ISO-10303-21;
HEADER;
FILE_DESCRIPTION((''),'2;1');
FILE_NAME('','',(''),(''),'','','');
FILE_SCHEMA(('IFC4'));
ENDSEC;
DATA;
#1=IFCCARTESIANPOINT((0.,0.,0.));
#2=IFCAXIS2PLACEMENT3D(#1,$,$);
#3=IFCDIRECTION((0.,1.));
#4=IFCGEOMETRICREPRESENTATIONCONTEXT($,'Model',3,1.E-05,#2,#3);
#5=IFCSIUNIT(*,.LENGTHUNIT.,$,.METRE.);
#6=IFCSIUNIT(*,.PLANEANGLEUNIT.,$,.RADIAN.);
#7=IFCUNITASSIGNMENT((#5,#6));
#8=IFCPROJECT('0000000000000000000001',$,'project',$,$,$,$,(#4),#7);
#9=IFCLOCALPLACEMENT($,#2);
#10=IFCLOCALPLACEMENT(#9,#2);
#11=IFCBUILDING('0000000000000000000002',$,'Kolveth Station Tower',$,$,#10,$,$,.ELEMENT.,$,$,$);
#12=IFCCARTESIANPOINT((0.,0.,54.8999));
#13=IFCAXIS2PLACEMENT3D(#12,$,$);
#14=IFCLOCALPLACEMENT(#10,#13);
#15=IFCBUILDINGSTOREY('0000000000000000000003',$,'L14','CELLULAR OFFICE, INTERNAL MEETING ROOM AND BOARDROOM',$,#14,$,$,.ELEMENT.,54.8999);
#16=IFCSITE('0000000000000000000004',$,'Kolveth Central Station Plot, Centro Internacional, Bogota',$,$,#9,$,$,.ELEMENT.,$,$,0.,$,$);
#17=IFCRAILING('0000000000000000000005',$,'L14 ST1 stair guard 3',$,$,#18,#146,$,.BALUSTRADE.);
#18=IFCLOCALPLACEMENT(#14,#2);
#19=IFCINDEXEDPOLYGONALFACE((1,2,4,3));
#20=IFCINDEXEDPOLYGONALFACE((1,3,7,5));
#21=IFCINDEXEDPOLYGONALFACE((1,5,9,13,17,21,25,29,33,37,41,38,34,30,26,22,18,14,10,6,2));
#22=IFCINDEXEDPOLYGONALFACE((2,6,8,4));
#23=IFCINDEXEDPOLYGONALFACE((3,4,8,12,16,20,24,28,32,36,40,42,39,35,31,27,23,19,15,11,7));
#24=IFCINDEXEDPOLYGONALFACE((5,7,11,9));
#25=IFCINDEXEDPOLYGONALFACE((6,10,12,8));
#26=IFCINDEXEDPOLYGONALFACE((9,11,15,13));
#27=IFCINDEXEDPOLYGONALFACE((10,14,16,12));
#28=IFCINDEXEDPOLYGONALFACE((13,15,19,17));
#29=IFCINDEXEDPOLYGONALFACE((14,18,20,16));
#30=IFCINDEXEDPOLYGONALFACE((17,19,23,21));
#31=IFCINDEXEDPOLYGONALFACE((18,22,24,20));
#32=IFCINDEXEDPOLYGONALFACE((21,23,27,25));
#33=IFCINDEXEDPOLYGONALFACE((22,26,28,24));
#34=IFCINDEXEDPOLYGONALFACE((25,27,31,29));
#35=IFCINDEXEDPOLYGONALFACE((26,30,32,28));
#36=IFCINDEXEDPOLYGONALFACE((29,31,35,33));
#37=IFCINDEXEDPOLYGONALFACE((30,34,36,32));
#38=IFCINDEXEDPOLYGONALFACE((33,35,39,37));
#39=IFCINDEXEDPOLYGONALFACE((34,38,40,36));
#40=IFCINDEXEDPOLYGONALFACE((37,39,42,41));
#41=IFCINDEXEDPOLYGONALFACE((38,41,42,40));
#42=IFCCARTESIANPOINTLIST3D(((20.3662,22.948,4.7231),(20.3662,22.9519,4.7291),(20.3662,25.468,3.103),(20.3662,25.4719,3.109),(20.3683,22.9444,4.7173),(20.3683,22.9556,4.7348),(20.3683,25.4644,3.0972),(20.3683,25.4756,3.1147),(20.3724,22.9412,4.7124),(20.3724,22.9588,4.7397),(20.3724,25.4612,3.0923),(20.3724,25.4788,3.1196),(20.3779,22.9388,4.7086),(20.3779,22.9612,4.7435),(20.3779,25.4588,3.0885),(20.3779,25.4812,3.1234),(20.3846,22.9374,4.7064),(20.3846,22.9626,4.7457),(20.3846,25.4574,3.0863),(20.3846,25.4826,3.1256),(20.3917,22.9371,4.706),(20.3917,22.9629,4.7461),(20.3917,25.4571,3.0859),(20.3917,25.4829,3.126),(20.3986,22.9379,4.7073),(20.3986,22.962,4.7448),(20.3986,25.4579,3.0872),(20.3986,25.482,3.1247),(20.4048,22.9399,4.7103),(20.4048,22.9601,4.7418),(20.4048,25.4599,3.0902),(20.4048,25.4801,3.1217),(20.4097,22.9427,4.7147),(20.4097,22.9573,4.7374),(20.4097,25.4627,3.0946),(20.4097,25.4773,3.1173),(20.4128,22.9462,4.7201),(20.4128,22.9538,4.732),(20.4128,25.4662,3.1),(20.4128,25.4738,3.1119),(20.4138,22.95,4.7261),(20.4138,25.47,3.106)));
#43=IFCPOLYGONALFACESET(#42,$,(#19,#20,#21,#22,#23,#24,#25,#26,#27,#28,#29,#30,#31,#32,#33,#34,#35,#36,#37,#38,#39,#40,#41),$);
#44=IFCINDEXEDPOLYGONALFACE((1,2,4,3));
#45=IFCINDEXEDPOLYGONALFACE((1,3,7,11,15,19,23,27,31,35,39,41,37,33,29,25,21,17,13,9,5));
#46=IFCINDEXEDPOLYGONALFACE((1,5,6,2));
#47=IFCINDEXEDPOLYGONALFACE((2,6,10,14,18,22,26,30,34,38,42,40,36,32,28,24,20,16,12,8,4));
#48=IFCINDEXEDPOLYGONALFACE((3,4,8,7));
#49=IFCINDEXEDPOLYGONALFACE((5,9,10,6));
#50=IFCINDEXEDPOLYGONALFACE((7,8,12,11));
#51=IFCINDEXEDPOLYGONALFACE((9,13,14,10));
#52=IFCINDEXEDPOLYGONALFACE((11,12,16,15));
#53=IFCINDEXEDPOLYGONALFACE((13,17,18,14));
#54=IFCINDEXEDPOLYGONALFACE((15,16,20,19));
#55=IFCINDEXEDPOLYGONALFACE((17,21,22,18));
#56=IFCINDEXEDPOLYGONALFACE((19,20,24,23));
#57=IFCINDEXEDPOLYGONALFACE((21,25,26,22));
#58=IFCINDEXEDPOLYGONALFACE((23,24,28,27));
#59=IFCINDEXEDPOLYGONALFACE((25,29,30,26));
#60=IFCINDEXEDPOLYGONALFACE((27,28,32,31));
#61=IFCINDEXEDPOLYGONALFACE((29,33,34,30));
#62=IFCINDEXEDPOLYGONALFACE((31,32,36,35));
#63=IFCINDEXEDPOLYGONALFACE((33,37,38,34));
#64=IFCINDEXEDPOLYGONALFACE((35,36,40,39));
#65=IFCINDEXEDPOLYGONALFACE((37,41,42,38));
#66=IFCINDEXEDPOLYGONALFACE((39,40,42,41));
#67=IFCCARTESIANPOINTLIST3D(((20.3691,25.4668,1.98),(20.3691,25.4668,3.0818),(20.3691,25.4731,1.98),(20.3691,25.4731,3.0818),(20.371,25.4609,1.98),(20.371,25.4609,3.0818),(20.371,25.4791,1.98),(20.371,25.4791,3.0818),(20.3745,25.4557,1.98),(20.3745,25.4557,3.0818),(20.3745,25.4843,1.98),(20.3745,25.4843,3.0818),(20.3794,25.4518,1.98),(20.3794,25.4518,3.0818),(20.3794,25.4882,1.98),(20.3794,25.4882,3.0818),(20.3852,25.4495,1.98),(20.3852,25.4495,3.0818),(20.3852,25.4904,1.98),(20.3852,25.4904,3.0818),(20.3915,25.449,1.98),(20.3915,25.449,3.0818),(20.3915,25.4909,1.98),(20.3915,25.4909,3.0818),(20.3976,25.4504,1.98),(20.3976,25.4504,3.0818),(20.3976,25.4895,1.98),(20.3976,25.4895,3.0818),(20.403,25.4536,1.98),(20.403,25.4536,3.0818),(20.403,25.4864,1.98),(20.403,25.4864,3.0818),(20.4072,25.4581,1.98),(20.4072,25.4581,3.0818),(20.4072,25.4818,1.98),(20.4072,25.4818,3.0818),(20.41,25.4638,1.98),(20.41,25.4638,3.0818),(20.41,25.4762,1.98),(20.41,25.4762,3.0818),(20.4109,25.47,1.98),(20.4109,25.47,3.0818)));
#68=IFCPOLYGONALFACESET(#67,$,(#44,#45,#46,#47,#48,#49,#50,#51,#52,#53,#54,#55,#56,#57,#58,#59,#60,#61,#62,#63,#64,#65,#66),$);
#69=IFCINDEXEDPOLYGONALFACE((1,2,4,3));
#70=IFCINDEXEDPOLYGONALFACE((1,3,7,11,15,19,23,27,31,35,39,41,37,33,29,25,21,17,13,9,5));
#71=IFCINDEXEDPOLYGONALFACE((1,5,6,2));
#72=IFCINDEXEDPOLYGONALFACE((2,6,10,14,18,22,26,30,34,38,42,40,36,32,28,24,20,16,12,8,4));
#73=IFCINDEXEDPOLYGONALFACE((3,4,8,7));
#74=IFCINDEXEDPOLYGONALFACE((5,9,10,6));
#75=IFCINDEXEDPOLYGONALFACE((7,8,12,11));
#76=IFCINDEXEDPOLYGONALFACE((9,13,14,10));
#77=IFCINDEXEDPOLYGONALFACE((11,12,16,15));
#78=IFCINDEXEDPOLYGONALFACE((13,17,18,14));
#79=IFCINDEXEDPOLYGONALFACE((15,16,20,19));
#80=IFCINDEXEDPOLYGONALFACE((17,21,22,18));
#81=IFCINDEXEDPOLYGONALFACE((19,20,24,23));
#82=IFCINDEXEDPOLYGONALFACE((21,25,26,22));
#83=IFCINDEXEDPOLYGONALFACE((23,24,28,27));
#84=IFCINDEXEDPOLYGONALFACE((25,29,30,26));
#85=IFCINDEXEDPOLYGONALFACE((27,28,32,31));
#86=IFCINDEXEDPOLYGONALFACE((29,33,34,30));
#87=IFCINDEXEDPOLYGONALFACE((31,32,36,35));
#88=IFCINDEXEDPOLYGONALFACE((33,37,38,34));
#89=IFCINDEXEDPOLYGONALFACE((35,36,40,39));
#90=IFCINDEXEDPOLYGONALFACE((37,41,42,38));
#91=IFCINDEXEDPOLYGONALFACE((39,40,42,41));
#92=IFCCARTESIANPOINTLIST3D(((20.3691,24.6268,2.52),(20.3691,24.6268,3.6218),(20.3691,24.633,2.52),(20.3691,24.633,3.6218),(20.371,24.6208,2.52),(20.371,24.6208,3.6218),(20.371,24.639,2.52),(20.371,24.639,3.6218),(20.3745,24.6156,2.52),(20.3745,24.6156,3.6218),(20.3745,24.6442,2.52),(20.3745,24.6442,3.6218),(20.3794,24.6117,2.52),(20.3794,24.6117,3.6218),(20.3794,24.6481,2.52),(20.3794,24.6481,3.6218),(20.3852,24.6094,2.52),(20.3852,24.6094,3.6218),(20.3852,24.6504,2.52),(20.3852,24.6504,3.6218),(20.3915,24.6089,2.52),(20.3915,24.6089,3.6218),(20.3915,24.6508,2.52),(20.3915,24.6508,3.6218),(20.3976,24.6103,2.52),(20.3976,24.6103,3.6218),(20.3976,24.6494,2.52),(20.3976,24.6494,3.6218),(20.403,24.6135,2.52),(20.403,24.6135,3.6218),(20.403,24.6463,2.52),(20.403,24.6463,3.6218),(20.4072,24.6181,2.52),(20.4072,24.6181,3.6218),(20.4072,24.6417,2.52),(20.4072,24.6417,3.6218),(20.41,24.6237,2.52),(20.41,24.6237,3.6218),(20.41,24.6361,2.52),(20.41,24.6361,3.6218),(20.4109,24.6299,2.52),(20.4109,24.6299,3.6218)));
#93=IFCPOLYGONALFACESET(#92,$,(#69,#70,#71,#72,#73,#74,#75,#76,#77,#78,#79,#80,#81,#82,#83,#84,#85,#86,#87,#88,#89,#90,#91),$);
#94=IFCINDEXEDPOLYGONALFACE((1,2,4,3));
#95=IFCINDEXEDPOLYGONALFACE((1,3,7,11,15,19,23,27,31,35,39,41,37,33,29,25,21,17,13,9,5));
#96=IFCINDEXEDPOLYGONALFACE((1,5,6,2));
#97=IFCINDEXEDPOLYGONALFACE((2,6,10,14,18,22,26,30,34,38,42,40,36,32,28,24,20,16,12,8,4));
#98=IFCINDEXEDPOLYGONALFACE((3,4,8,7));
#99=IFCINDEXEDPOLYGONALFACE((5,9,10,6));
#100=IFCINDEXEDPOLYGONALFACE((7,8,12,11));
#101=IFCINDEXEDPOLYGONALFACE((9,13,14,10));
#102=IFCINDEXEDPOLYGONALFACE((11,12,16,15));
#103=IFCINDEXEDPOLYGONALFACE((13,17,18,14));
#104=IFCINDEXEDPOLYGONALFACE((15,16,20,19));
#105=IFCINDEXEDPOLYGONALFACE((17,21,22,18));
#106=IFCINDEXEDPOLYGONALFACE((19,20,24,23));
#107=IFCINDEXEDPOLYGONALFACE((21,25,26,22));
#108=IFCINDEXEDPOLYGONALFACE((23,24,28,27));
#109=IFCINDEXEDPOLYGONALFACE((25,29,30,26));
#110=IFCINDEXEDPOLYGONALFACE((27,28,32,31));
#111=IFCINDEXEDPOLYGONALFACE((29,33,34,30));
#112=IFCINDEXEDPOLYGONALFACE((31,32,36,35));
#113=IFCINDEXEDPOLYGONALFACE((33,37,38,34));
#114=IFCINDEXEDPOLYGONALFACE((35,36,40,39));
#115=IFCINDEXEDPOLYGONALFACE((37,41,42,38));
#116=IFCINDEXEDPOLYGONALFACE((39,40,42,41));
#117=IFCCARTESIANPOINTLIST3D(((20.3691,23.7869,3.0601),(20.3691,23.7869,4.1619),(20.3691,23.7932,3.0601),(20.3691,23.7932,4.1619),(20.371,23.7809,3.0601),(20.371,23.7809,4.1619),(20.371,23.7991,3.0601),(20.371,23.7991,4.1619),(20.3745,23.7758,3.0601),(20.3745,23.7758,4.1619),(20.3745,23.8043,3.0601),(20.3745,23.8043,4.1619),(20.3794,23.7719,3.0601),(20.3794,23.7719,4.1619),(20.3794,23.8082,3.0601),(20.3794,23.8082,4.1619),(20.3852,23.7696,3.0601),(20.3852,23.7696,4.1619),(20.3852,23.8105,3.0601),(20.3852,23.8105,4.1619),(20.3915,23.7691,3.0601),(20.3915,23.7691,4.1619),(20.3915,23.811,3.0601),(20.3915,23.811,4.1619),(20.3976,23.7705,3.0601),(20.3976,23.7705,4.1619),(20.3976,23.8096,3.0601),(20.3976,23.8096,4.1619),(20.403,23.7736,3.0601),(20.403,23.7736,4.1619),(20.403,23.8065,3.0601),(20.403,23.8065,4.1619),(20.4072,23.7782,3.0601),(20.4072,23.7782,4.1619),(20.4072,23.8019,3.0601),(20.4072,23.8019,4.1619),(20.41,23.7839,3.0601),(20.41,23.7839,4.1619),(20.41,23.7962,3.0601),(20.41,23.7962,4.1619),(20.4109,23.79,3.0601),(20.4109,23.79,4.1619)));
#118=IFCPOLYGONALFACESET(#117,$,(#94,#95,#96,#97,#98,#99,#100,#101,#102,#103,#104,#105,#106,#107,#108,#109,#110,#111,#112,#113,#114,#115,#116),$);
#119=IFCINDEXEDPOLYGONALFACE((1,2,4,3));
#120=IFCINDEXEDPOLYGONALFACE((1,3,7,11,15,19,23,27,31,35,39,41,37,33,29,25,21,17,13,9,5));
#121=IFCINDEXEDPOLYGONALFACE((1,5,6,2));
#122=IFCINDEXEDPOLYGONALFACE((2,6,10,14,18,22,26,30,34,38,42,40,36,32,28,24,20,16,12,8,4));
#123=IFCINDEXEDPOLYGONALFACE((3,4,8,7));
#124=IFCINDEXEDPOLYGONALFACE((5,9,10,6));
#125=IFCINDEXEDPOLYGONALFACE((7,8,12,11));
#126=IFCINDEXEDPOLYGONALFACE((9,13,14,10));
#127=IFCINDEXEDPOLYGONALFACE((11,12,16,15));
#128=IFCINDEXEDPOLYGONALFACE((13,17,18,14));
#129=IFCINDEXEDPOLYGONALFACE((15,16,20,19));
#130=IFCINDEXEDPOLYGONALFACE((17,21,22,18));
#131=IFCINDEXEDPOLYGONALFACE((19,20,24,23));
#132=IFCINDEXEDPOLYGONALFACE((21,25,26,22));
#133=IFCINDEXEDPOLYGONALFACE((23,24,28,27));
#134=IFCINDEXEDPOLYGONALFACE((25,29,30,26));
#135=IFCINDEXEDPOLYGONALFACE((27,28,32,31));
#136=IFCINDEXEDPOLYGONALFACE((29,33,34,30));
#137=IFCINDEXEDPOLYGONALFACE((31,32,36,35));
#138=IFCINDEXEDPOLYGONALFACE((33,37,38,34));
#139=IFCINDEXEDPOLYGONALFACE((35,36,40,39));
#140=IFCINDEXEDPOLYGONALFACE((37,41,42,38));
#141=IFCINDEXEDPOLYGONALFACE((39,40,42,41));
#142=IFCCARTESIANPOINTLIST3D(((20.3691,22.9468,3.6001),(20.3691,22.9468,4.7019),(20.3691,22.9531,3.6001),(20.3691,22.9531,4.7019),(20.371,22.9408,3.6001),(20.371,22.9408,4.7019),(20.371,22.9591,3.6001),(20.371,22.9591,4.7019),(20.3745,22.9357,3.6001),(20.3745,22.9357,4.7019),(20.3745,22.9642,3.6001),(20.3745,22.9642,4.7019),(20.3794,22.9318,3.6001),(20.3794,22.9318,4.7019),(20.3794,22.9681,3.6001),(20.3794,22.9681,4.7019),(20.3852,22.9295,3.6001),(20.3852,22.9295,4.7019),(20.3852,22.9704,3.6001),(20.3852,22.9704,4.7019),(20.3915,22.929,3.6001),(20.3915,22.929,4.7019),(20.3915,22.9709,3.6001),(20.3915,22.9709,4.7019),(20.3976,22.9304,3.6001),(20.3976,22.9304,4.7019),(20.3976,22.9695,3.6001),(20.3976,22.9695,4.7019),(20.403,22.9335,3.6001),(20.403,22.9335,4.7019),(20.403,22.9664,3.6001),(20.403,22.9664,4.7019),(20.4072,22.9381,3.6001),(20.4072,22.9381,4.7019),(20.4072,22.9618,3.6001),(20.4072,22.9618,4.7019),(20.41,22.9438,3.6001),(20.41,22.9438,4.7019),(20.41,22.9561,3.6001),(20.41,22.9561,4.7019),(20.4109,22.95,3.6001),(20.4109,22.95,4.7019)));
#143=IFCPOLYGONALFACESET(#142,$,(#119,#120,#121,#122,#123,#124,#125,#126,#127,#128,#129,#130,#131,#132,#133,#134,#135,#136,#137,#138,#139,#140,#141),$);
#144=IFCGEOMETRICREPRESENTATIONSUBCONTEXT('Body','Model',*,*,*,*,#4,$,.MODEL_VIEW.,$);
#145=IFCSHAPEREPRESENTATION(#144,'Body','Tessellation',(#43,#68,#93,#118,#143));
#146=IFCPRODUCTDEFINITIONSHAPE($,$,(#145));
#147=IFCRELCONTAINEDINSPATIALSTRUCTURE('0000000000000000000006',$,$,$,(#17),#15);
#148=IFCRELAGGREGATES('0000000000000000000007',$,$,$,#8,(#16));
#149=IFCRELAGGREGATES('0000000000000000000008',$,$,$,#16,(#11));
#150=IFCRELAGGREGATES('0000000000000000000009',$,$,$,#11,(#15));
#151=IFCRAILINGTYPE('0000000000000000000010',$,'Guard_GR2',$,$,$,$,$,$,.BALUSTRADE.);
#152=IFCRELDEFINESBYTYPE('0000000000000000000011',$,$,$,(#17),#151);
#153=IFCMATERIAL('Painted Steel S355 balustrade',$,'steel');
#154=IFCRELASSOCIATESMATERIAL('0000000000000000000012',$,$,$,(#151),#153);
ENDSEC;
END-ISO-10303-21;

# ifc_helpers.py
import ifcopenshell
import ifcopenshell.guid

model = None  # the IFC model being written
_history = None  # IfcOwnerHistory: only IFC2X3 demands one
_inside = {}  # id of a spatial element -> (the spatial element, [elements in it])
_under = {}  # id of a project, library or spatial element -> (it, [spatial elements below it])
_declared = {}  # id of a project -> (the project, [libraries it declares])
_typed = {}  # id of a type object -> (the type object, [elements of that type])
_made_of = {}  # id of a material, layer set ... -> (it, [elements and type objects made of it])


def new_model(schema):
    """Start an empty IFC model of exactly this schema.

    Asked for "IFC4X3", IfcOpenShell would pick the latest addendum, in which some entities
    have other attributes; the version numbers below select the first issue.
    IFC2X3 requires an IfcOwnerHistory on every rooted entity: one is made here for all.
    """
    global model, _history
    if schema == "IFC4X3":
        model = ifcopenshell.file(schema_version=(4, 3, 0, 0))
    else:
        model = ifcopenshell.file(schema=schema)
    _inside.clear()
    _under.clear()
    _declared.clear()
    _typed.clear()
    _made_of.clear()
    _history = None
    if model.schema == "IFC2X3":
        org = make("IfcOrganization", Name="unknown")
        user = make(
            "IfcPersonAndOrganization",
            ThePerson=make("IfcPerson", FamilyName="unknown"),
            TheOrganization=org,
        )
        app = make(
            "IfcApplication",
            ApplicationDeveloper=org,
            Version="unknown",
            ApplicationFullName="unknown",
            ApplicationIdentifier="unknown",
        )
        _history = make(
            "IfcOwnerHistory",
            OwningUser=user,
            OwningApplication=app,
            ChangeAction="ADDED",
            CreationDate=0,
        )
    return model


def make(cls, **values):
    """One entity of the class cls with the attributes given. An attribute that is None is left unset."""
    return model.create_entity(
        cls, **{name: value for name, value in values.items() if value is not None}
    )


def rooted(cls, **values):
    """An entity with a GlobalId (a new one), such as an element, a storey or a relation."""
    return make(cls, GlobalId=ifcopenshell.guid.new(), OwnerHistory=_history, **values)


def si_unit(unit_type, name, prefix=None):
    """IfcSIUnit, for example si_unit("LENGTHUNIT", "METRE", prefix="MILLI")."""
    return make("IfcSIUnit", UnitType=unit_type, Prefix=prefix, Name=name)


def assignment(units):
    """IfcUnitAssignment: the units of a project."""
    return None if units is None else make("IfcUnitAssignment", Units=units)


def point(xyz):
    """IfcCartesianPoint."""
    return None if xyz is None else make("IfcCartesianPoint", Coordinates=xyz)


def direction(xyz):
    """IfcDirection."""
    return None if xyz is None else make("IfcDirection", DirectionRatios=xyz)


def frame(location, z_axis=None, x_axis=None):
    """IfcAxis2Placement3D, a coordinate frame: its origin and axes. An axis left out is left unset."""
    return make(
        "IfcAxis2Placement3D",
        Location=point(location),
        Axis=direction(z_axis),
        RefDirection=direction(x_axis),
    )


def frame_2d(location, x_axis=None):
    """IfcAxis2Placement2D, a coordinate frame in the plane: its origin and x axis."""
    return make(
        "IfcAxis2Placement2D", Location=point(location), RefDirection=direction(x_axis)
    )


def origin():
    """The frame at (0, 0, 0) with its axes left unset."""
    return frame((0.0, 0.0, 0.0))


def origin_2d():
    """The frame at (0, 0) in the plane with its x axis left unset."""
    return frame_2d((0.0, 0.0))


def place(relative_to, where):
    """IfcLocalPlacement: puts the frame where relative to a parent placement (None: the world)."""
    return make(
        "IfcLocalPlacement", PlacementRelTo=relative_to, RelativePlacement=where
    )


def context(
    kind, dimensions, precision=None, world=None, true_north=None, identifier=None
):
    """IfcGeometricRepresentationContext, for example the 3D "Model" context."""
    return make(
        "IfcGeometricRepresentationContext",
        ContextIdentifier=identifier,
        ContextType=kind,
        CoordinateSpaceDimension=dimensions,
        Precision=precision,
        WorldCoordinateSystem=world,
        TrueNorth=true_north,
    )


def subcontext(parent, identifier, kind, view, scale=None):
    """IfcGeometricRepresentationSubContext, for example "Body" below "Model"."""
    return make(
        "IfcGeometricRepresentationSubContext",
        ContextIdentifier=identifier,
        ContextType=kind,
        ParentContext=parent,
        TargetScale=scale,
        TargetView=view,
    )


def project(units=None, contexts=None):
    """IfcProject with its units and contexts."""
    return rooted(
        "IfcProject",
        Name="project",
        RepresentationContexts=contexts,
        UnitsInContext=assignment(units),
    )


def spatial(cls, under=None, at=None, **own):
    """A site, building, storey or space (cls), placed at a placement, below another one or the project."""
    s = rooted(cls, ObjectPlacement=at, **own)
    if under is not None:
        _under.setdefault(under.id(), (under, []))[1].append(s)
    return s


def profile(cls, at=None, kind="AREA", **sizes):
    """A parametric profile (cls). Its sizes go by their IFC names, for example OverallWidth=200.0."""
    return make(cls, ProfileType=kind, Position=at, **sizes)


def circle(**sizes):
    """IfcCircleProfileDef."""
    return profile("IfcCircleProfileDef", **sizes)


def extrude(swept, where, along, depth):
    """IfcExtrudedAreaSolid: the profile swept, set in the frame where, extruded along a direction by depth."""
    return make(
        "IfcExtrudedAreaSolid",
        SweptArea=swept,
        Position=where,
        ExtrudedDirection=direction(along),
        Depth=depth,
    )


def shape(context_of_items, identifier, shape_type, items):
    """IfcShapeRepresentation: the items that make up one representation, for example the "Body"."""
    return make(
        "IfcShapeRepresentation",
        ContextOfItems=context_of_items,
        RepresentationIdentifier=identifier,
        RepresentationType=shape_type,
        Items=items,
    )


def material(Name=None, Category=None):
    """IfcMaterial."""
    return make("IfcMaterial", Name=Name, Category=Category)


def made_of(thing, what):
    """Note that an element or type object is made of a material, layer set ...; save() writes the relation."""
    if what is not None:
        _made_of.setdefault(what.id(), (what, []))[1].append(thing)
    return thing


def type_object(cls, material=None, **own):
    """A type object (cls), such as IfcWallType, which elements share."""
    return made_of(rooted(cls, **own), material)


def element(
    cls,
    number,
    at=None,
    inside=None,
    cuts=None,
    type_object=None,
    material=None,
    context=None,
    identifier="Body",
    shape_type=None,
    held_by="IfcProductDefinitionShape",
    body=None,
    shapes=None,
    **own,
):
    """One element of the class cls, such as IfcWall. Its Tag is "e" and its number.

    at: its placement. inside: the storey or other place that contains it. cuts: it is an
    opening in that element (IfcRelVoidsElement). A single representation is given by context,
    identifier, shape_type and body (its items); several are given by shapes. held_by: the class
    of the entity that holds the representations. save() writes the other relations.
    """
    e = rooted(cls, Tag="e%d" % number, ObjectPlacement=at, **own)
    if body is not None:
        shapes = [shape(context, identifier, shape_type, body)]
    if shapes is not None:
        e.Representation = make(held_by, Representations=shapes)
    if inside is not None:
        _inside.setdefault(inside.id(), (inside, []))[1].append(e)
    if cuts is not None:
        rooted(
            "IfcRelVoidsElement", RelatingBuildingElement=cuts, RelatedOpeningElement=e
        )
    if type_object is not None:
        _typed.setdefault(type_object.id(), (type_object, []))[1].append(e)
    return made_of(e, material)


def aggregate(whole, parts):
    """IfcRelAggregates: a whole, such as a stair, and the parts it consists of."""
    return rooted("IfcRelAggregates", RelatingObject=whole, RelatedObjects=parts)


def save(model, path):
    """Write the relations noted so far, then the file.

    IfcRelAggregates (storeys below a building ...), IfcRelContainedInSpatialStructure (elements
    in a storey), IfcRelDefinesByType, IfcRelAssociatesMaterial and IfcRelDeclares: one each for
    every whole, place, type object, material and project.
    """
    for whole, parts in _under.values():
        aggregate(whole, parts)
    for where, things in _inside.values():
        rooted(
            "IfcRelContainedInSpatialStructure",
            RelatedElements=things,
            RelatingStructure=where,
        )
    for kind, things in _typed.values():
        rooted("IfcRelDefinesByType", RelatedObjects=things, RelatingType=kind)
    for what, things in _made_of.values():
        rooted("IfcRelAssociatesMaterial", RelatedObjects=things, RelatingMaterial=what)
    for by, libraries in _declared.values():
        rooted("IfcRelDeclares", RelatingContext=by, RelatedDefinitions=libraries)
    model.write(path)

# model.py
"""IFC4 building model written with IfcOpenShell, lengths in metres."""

from ifc_helpers import new_model, si_unit, direction, frame, origin, origin_2d, place, context, subcontext, project, spatial, circle, extrude, material, type_object, element, save


model = new_model("IFC4")

# Units and contexts
model_context = context("Model", 3, precision=1e-05, world=origin(), true_north=direction((0.0, 1.0)))
body_context = subcontext(model_context, "Body", "Model", "MODEL_VIEW")
ifc_project = project(units=[si_unit("LENGTHUNIT", "METRE"), si_unit("PLANEANGLEUNIT", "RADIAN")], contexts=[model_context])

# Site, building, storey
site_placement = place(None, origin())
site = spatial("IfcSite", under=ifc_project, at=site_placement, Name="Kolveth Central Station Plot, Centro Internacional, Bogota", CompositionType="ELEMENT", RefElevation=0.0)
building_placement = place(site_placement, origin())
building = spatial("IfcBuilding", under=site, at=building_placement, Name="Kolveth Station Tower", CompositionType="ELEMENT")
storey_placement = place(building_placement, frame((0.0, 0.0, 54.8999)))
storey = spatial("IfcBuildingStorey", under=building, at=storey_placement, Name="L14", Description="CELLULAR OFFICE, INTERNAL MEETING ROOM AND BOARDROOM", CompositionType="ELEMENT", Elevation=54.8999)

# Railing
ifc_material_1 = material(Name="Painted Steel S355 balustrade", Category="steel")
railing_type_1 = type_object("IfcRailingType", Name="Guard_GR2", PredefinedType="BALUSTRADE", material=ifc_material_1)
railing_1_placement = place(storey_placement, frame((20.3899, 25.47, 1.98)))
element("IfcRailing", 1, at=railing_1_placement, inside=storey, type_object=railing_type_1, Name="L14 ST1 stair guard 3", PredefinedType="BALUSTRADE", context=body_context, shape_type="SweptSolid", body=[
    extrude(circle(Radius=0.0239, at=origin_2d()), frame((0.0, 0.0, 1.126), z_axis=(0.0, -0.841163, 0.540782), x_axis=(1.0, 0.0, 0.0)), (0.0, 0.0, 1.0), 2.9958),
    extrude(circle(Radius=0.021, at=origin_2d()), origin(), (0.0, 0.0, 1.0), 1.1018),
    extrude(circle(Radius=0.021, at=origin_2d()), frame((0.0, -0.8401, 0.54)), (0.0, 0.0, 1.0), 1.1018),
    extrude(circle(Radius=0.021, at=origin_2d()), frame((0.0, -1.6799, 1.0801)), (0.0, 0.0, 1.0), 1.1018),
    extrude(circle(Radius=0.021, at=origin_2d()), frame((0.0, -2.52, 1.6201)), (0.0, 0.0, 1.0), 1.1018),
])

save(model, "model.ifc")
